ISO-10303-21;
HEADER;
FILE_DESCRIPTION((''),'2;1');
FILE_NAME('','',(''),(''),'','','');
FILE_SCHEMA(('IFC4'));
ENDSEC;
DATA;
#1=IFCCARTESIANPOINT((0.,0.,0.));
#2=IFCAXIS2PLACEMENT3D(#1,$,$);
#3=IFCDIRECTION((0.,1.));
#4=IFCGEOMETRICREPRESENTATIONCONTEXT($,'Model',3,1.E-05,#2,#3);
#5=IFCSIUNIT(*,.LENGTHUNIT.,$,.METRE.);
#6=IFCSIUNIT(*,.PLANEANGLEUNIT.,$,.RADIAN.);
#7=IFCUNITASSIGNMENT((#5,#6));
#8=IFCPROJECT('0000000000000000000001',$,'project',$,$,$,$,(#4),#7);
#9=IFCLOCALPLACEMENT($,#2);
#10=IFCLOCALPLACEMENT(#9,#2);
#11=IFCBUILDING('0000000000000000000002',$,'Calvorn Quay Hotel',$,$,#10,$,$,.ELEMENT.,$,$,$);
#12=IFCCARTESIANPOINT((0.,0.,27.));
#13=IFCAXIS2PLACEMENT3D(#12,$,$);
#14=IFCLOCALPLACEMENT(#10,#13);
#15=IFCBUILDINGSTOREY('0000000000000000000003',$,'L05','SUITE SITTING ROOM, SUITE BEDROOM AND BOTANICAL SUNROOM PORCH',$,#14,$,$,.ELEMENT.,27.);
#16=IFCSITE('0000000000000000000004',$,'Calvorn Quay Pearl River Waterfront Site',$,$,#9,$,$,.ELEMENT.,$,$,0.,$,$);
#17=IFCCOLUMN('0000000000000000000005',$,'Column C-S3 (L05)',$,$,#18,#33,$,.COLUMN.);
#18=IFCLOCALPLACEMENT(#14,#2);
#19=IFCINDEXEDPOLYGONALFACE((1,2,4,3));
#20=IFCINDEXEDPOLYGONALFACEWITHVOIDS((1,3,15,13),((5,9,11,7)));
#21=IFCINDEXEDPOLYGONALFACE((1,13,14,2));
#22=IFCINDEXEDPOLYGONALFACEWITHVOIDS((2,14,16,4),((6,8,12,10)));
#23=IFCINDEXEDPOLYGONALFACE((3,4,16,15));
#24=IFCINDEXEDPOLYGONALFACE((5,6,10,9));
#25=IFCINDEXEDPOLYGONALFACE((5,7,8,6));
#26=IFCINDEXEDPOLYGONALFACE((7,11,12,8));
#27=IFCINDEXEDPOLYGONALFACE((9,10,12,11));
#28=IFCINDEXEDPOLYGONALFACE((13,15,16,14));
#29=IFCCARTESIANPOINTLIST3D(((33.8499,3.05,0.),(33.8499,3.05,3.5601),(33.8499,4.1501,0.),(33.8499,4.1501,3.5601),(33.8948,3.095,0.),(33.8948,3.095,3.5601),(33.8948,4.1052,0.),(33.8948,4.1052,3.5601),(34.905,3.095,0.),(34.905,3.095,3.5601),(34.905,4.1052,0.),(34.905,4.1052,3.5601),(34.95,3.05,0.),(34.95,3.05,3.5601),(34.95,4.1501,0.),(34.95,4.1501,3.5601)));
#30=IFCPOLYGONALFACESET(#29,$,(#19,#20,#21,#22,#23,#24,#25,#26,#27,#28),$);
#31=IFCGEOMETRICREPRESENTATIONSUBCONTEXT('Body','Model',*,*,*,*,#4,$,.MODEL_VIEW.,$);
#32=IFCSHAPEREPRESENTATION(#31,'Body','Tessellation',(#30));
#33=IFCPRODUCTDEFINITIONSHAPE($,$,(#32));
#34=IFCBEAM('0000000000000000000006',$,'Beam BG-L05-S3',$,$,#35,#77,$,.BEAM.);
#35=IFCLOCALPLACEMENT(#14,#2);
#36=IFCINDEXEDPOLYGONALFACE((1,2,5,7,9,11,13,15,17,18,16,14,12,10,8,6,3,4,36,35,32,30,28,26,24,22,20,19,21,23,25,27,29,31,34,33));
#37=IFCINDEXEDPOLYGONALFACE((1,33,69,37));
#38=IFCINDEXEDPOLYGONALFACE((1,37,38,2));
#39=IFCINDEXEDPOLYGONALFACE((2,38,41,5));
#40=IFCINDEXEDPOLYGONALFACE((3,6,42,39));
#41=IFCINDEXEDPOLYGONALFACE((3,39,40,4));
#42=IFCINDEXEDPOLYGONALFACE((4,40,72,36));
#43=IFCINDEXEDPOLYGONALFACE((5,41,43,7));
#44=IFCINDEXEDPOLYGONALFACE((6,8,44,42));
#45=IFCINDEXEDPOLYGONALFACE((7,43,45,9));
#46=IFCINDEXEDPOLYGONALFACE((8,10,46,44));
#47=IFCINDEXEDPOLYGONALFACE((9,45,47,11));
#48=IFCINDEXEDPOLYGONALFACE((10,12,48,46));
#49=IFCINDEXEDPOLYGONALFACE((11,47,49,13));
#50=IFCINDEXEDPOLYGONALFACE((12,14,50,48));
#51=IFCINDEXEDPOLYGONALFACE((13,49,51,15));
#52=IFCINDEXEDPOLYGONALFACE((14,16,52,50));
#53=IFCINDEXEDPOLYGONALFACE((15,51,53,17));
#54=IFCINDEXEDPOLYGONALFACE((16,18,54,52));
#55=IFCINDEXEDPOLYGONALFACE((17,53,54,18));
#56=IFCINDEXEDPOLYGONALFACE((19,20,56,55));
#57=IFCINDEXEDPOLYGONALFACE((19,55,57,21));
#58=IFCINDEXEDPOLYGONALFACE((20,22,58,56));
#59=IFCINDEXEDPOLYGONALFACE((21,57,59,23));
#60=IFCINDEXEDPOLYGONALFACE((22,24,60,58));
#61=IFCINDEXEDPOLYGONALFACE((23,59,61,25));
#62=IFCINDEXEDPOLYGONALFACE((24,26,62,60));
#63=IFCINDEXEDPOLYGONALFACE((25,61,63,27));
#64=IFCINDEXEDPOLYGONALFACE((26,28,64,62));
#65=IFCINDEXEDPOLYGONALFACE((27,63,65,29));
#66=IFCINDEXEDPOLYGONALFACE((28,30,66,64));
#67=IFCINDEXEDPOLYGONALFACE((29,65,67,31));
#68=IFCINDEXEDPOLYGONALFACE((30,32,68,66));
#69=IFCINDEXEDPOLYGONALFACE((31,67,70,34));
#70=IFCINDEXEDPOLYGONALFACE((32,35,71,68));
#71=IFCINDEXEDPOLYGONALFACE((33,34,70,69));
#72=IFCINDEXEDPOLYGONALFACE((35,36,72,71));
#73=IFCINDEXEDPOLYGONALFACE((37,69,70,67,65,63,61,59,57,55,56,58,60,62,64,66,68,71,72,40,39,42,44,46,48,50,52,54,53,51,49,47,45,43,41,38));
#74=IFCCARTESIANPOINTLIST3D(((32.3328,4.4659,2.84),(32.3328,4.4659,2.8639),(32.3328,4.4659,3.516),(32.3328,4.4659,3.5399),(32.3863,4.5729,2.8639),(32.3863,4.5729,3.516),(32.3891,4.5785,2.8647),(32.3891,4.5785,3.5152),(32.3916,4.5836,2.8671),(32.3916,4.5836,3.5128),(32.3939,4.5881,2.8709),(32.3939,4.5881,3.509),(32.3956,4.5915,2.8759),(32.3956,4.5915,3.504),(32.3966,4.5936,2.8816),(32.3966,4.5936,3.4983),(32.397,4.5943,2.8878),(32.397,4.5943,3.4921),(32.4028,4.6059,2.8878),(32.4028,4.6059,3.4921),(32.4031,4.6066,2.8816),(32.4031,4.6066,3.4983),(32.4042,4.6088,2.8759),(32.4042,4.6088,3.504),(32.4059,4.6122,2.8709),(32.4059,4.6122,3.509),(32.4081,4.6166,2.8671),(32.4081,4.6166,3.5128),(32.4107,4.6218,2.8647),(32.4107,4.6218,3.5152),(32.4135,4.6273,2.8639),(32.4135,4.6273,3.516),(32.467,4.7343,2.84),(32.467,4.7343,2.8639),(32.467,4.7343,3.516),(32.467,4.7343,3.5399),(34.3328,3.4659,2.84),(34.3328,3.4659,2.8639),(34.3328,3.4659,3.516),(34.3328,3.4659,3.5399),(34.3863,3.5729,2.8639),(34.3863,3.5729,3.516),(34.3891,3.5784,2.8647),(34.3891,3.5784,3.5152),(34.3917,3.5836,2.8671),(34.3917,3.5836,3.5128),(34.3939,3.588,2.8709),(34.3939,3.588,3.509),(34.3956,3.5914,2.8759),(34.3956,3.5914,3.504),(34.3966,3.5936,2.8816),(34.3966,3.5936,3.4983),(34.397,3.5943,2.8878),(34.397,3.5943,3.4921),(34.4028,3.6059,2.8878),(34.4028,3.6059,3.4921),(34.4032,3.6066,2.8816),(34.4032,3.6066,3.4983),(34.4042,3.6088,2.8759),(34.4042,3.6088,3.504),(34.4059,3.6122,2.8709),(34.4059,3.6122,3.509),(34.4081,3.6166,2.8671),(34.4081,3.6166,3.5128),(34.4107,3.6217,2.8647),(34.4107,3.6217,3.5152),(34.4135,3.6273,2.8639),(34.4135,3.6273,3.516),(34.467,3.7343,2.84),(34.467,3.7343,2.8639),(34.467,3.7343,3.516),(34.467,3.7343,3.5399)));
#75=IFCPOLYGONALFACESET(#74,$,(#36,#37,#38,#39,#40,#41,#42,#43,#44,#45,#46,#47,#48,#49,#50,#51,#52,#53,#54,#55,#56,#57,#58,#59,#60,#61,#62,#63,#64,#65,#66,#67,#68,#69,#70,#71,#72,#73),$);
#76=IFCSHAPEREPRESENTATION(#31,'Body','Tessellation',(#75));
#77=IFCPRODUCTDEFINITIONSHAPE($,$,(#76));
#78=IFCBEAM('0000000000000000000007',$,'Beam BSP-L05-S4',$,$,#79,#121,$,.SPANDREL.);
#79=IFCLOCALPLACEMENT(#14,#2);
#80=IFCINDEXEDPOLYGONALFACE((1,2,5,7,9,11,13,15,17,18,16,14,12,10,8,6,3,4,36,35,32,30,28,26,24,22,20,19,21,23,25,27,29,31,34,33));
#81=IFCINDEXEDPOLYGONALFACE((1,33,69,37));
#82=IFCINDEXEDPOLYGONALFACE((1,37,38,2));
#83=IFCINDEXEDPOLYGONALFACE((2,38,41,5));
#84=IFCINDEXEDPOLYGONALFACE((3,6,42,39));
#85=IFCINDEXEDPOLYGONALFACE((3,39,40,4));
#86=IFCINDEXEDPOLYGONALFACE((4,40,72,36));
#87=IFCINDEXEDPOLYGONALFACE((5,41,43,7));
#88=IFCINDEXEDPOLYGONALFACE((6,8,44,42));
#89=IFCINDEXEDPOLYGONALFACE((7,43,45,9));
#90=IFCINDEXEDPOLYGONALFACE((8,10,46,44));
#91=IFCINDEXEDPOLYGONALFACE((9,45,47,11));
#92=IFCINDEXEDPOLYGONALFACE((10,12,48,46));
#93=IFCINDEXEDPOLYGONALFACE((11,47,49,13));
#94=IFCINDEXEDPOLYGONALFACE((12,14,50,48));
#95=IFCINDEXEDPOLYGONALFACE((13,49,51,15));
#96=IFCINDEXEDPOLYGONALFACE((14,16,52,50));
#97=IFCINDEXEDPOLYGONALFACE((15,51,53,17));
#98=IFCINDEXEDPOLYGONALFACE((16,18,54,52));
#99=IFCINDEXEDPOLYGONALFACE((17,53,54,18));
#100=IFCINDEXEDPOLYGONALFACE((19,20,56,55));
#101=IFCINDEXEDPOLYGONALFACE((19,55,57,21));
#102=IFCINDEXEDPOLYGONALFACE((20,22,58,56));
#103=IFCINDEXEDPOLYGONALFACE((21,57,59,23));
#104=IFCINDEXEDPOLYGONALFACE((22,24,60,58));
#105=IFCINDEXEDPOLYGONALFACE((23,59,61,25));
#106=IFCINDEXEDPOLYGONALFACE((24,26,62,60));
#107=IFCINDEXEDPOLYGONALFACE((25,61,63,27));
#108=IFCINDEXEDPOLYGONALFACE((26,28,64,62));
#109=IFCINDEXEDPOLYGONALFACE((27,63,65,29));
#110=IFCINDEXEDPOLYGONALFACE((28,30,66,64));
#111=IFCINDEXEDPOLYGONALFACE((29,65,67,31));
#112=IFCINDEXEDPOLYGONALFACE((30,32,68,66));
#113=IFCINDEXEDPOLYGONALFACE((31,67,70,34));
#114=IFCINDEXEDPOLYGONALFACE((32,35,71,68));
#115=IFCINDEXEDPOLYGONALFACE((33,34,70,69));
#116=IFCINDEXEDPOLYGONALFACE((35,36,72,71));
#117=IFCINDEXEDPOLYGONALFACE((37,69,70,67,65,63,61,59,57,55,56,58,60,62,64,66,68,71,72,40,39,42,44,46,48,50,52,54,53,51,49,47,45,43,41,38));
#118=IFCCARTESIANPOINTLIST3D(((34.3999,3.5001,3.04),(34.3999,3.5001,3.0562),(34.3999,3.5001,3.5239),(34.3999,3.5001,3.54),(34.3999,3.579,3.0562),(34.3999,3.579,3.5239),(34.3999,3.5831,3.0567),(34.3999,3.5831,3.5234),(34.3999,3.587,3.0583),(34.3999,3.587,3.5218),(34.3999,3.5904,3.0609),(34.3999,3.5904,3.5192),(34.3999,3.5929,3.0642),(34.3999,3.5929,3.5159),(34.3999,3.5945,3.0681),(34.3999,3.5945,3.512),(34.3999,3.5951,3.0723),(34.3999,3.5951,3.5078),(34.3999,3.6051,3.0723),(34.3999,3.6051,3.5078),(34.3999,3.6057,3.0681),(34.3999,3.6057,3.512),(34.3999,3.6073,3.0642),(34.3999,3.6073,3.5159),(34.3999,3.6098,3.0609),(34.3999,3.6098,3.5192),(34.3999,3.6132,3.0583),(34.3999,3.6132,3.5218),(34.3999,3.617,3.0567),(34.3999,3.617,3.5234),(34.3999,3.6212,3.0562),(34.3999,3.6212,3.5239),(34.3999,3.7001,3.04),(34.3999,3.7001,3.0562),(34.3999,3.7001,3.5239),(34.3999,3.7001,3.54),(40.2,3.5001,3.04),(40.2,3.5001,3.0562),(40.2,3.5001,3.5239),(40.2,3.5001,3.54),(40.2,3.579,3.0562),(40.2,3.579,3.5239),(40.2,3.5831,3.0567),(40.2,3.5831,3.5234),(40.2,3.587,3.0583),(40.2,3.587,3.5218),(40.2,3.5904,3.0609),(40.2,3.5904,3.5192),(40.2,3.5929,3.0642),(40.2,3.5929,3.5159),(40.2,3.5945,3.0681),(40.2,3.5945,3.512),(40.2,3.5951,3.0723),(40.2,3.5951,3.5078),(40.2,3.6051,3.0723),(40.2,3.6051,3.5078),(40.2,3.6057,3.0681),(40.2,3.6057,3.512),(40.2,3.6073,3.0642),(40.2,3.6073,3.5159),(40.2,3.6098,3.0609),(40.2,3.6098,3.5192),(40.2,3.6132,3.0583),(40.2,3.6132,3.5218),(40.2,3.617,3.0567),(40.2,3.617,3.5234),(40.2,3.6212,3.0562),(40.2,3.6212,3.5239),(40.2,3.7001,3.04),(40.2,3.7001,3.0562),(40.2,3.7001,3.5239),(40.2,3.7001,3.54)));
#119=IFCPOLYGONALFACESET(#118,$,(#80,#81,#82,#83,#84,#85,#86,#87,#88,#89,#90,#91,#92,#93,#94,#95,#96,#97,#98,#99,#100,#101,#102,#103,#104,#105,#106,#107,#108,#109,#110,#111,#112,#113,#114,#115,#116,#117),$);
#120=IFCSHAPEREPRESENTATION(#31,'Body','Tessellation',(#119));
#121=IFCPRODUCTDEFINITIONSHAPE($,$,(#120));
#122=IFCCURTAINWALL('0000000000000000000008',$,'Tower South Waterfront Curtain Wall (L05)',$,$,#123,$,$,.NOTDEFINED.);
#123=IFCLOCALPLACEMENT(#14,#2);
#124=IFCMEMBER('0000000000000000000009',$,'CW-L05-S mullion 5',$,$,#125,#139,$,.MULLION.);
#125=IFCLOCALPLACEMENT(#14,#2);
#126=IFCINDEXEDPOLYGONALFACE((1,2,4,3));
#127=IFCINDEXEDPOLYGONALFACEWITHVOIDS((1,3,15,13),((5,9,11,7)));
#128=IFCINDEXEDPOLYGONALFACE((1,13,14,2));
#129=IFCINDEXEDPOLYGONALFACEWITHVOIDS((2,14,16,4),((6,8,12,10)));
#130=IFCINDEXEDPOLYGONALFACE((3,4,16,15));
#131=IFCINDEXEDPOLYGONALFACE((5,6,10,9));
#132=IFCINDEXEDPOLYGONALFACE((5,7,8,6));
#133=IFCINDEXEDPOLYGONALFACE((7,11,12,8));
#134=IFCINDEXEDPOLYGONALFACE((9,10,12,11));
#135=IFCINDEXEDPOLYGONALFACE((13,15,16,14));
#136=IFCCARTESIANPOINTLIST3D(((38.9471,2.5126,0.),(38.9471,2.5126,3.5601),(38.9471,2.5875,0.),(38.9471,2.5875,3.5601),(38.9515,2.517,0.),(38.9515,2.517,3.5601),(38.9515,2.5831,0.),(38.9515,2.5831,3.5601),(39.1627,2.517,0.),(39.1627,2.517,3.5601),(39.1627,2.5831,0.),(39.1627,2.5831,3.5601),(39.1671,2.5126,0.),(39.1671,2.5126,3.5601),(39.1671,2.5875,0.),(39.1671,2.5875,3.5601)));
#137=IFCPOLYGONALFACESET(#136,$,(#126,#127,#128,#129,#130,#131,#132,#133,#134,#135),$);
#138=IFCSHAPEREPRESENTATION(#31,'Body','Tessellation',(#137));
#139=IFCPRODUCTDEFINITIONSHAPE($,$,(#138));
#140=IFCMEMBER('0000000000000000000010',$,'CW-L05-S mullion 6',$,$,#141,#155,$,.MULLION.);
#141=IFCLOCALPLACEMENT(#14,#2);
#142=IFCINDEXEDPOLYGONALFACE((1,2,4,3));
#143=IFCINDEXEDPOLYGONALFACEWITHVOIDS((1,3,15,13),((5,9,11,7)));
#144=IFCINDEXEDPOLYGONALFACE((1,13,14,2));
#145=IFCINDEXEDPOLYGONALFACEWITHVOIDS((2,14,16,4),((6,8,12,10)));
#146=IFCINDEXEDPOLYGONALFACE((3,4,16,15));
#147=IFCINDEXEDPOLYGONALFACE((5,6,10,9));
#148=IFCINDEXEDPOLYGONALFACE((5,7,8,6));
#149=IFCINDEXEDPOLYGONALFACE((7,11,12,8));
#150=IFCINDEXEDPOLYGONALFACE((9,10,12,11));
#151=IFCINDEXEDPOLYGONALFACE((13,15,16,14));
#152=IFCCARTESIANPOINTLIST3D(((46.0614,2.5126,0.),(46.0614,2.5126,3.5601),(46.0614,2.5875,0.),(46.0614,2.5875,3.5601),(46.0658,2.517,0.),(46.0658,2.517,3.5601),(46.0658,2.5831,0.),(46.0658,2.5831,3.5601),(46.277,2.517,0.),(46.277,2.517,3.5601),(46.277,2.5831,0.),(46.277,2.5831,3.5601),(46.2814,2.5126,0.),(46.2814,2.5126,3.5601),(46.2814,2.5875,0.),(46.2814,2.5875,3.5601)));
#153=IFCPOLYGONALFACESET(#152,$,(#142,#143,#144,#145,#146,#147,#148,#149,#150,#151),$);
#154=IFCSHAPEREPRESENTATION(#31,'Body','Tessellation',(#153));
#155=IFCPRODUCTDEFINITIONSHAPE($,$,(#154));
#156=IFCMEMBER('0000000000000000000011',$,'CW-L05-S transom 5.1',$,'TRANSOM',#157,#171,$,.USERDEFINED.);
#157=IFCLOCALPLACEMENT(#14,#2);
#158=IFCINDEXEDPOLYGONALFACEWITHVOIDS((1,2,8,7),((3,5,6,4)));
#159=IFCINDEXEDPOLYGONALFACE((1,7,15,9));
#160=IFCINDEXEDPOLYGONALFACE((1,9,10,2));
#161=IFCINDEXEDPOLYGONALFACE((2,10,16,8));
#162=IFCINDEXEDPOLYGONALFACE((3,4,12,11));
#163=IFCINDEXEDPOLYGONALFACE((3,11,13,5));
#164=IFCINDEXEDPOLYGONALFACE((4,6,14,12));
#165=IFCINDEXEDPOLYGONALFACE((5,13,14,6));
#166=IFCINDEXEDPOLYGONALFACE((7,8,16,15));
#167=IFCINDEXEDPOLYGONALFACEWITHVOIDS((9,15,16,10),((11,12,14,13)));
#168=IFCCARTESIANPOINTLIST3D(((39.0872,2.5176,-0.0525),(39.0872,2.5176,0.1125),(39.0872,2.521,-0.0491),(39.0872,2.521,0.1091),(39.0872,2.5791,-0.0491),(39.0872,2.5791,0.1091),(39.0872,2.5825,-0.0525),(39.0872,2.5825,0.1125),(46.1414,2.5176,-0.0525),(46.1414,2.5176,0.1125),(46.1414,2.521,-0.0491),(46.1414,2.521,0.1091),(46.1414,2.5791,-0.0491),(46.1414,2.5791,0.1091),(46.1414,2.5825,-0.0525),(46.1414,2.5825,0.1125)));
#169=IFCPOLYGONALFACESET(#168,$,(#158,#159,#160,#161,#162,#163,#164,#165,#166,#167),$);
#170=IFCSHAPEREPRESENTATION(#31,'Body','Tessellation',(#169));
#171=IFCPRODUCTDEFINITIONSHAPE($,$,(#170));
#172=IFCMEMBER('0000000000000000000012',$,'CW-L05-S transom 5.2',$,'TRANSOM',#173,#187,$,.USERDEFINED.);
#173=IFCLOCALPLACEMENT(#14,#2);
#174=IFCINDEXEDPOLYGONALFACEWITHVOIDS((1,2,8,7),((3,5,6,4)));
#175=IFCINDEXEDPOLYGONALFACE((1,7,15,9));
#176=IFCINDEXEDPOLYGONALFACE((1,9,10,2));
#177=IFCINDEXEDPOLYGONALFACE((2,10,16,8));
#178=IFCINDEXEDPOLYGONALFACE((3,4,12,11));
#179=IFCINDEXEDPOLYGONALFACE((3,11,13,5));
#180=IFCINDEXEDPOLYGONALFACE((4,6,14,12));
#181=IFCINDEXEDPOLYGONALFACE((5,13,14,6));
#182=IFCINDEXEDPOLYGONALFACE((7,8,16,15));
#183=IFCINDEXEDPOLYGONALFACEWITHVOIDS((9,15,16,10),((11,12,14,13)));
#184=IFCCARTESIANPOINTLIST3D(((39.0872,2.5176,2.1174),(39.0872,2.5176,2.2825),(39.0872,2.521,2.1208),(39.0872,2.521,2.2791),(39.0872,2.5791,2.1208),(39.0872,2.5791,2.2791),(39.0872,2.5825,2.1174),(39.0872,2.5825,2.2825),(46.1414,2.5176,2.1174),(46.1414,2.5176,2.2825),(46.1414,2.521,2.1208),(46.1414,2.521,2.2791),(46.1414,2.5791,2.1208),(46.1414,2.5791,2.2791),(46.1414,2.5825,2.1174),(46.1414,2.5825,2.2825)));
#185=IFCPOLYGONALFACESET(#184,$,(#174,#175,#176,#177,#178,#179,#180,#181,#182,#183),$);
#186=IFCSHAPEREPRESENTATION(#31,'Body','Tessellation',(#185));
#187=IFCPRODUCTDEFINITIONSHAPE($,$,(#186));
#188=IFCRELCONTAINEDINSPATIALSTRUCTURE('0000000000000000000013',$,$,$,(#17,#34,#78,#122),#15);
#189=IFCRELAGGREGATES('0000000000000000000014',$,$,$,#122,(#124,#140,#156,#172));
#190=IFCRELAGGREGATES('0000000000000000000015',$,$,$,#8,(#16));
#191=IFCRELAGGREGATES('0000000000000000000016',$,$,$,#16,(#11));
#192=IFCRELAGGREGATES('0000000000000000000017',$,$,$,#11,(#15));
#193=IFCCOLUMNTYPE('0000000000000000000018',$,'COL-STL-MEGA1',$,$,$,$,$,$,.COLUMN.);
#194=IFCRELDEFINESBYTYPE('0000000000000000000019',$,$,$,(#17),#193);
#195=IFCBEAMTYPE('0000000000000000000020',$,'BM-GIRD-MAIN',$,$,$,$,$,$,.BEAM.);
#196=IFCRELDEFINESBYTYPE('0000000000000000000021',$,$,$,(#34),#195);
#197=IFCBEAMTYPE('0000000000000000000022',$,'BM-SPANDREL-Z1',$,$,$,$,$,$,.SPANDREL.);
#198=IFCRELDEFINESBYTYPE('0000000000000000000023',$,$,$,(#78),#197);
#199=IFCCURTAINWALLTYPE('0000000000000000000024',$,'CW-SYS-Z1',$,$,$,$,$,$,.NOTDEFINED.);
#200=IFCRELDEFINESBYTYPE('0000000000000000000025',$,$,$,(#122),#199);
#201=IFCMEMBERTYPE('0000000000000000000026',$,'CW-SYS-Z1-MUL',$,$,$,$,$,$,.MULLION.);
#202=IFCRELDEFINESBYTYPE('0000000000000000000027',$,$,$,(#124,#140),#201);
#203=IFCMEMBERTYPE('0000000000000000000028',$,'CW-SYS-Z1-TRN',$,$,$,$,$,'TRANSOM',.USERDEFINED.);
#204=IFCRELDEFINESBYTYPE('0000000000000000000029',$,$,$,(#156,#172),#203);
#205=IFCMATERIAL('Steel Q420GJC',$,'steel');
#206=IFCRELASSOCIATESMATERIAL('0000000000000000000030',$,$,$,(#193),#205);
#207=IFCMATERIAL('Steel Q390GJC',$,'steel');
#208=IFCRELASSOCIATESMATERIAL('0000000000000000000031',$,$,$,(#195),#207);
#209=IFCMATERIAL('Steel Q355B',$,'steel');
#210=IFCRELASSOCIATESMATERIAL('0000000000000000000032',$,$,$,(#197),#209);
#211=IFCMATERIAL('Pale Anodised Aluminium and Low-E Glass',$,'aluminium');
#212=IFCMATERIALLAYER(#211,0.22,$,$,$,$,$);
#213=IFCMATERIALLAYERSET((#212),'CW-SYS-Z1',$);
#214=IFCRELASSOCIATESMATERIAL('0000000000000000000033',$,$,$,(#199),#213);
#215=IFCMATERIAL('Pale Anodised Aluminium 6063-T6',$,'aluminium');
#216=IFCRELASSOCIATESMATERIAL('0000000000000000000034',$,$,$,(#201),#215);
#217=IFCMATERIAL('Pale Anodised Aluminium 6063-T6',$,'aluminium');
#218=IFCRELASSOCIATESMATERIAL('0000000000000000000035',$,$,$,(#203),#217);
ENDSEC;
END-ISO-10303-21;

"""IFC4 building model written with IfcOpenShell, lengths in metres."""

from ifc_helpers import new_model, si_unit, direction, frame, origin, origin_2d, place, context, subcontext, project, spatial, hollow_rectangle, i_section, extrude, material, layer, layer_set, material_profile, profile_set, type_object, element, aggregate, save


model = new_model("IFC4")

# Units and contexts
model_context = context("Model", 3, precision=1e-05, world=origin(), true_north=direction((0.0, 1.0)))
body_context = subcontext(model_context, "Body", "Model", "MODEL_VIEW")
ifc_project = project(units=[si_unit("LENGTHUNIT", "METRE"), si_unit("PLANEANGLEUNIT", "RADIAN")], contexts=[model_context])

# Site, building, storey
site_placement = place(None, origin())
site = spatial("IfcSite", under=ifc_project, at=site_placement, Name="Calvorn Quay Pearl River Waterfront Site", CompositionType="ELEMENT", RefElevation=0.0)
building_placement = place(site_placement, origin())
building = spatial("IfcBuilding", under=site, at=building_placement, Name="Calvorn Quay Hotel", CompositionType="ELEMENT")
storey_placement = place(building_placement, frame((0.0, 0.0, 27.0)))
storey = spatial("IfcBuildingStorey", under=building, at=storey_placement, Name="L05", Description="SUITE SITTING ROOM, SUITE BEDROOM AND BOTANICAL SUNROOM PORCH", CompositionType="ELEMENT", Elevation=27.0)

# Column
ifc_material_1 = material(Name="Steel Q420GJC", Category="steel")
ifc_material_profile_1 = material_profile(ifc_material_1, hollow_rectangle(XDim=1.1001, YDim=1.1001, WallThickness=0.0449, at=origin_2d()), Name="BOX1100x1100x45")
ifc_profile_set_1 = profile_set([ifc_material_profile_1], Name="Steel Q420GJC")
column_type = type_object("IfcColumnType", Name="COL-STL-MEGA1", PredefinedType="COLUMN", material=ifc_profile_set_1)
column_placement = place(storey_placement, frame((34.3999, 3.6001, 0.0), z_axis=(0.0, 0.0, 1.0), x_axis=(1.0, 0.0, 0.0)))
element("IfcColumn", 1, at=column_placement, inside=storey, type_object=column_type, Name="Column C-S3 (L05)", PredefinedType="COLUMN", context=body_context, shape_type="SweptSolid", body=[
    extrude(hollow_rectangle(XDim=1.1001, YDim=1.1001, WallThickness=0.0449, at=origin_2d()), origin(), (0.0, 0.0, 1.0), 3.5601),
])

# Beams
ifc_material_2 = material(Name="Steel Q390GJC", Category="steel")
ifc_material_profile_2 = material_profile(ifc_material_2, i_section(OverallWidth=0.3, OverallDepth=0.7, WebThickness=0.0129, FlangeThickness=0.0239, FilletRadius=0.0239, at=origin_2d()), Name="HN700x300x13x24")
ifc_profile_set_2 = profile_set([ifc_material_profile_2], Name="Steel Q390GJC")
beam_type_1 = type_object("IfcBeamType", Name="BM-GIRD-MAIN", PredefinedType="BEAM", material=ifc_profile_set_2)
beam_1_placement = place(storey_placement, frame((34.3999, 3.6001, 3.1899), z_axis=(-0.894427, 0.447214, 0.0), x_axis=(-0.447214, -0.894427, 0.0)))
element("IfcBeam", 2, at=beam_1_placement, inside=storey, type_object=beam_type_1, Name="Beam BG-L05-S3", PredefinedType="BEAM", context=body_context, shape_type="SweptSolid", body=[
    extrude(i_section(OverallWidth=0.3, OverallDepth=0.7, WebThickness=0.0129, FlangeThickness=0.0239, FilletRadius=0.0239, at=origin_2d()), origin(), (0.0, 0.0, 1.0), 2.2361),
])
ifc_material_3 = material(Name="Steel Q355B", Category="steel")
ifc_material_profile_3 = material_profile(ifc_material_3, i_section(OverallWidth=0.2, OverallDepth=0.5, WebThickness=0.01, FlangeThickness=0.0161, FilletRadius=0.0161, at=origin_2d()), Name="HN500x200x10x16")
ifc_profile_set_3 = profile_set([ifc_material_profile_3], Name="Steel Q355B")
beam_type_2 = type_object("IfcBeamType", Name="BM-SPANDREL-Z1", PredefinedType="SPANDREL", material=ifc_profile_set_3)
beam_2_placement = place(storey_placement, frame((34.3999, 3.6001, 3.29), z_axis=(1.0, 0.0, 0.0), x_axis=(0.0, 1.0, 0.0)))
element("IfcBeam", 3, at=beam_2_placement, inside=storey, type_object=beam_type_2, Name="Beam BSP-L05-S4", PredefinedType="SPANDREL", context=body_context, shape_type="SweptSolid", body=[
    extrude(i_section(OverallWidth=0.2, OverallDepth=0.5, WebThickness=0.01, FlangeThickness=0.0161, FilletRadius=0.0161, at=origin_2d()), origin(), (0.0, 0.0, 1.0), 5.8),
])

# Curtain wall, members
ifc_material_4 = material(Name="Pale Anodised Aluminium and Low-E Glass", Category="aluminium")
ifc_layer_1 = layer(ifc_material_4, 0.22)
ifc_layer_set_1 = layer_set([ifc_layer_1], Name="CW-SYS-Z1")
curtain_wall_type = type_object("IfcCurtainWallType", Name="CW-SYS-Z1", PredefinedType="NOTDEFINED", material=ifc_layer_set_1)
curtain_wall_placement = place(storey_placement, origin())
curtain_wall = element("IfcCurtainWall", 4, at=curtain_wall_placement, inside=storey, type_object=curtain_wall_type, Name="Tower South Waterfront Curtain Wall (L05)", PredefinedType="NOTDEFINED")
ifc_material_5 = material(Name="Pale Anodised Aluminium 6063-T6", Category="aluminium")
ifc_material_profile_4 = material_profile(ifc_material_5, hollow_rectangle(XDim=0.075, YDim=0.22, WallThickness=0.0044, at=origin_2d()), Name="ALU-M220x75x4.5")
ifc_profile_set_4 = profile_set([ifc_material_profile_4], Name="Pale Anodised Aluminium 6063-T6")
member_type_1 = type_object("IfcMemberType", Name="CW-SYS-Z1-MUL", PredefinedType="MULLION", material=ifc_profile_set_4)
member_1_placement = place(storey_placement, frame((39.0571, 2.55, 0.0), z_axis=(0.0, 0.0, 1.0), x_axis=(0.0, 1.0, 0.0)))
member_1 = element("IfcMember", 5, at=member_1_placement, type_object=member_type_1, Name="CW-L05-S mullion 5", PredefinedType="MULLION", context=body_context, shape_type="SweptSolid", body=[
    extrude(hollow_rectangle(XDim=0.075, YDim=0.22, WallThickness=0.0044, at=origin_2d()), origin(), (0.0, 0.0, 1.0), 3.5601),
])
member_2_placement = place(storey_placement, frame((46.1714, 2.55, 0.0), z_axis=(0.0, 0.0, 1.0), x_axis=(0.0, 1.0, 0.0)))
member_2 = element("IfcMember", 6, at=member_2_placement, type_object=member_type_1, Name="CW-L05-S mullion 6", PredefinedType="MULLION", context=body_context, shape_type="SweptSolid", body=[
    extrude(hollow_rectangle(XDim=0.075, YDim=0.22, WallThickness=0.0044, at=origin_2d()), origin(), (0.0, 0.0, 1.0), 3.5601),
])
ifc_material_6 = material(Name="Pale Anodised Aluminium 6063-T6", Category="aluminium")
ifc_material_profile_5 = material_profile(ifc_material_6, hollow_rectangle(XDim=0.0649, YDim=0.165, WallThickness=0.0034, at=origin_2d()), Name="ALU-T165x65x3.5")
ifc_profile_set_5 = profile_set([ifc_material_profile_5], Name="Pale Anodised Aluminium 6063-T6")
member_type_2 = type_object("IfcMemberType", Name="CW-SYS-Z1-TRN", ElementType="TRANSOM", PredefinedType="USERDEFINED", material=ifc_profile_set_5)
member_3_placement = place(storey_placement, frame((39.0872, 2.55, 0.03), z_axis=(1.0, 0.0, 0.0), x_axis=(0.0, 1.0, 0.0)))
member_3 = element("IfcMember", 7, at=member_3_placement, type_object=member_type_2, Name="CW-L05-S transom 5.1", ObjectType="TRANSOM", PredefinedType="USERDEFINED", context=body_context, shape_type="SweptSolid", body=[
    extrude(hollow_rectangle(XDim=0.0649, YDim=0.165, WallThickness=0.0034, at=origin_2d()), origin(), (0.0, 0.0, 1.0), 7.0542),
])
member_4_placement = place(storey_placement, frame((39.0872, 2.55, 2.2), z_axis=(1.0, 0.0, 0.0), x_axis=(0.0, 1.0, 0.0)))
member_4 = element("IfcMember", 8, at=member_4_placement, type_object=member_type_2, Name="CW-L05-S transom 5.2", ObjectType="TRANSOM", PredefinedType="USERDEFINED", context=body_context, shape_type="SweptSolid", body=[
    extrude(hollow_rectangle(XDim=0.0649, YDim=0.165, WallThickness=0.0034, at=origin_2d()), origin(), (0.0, 0.0, 1.0), 7.0542),
])
aggregate(curtain_wall, [member_1, member_2, member_3, member_4])

save(model, "model.ifc")
